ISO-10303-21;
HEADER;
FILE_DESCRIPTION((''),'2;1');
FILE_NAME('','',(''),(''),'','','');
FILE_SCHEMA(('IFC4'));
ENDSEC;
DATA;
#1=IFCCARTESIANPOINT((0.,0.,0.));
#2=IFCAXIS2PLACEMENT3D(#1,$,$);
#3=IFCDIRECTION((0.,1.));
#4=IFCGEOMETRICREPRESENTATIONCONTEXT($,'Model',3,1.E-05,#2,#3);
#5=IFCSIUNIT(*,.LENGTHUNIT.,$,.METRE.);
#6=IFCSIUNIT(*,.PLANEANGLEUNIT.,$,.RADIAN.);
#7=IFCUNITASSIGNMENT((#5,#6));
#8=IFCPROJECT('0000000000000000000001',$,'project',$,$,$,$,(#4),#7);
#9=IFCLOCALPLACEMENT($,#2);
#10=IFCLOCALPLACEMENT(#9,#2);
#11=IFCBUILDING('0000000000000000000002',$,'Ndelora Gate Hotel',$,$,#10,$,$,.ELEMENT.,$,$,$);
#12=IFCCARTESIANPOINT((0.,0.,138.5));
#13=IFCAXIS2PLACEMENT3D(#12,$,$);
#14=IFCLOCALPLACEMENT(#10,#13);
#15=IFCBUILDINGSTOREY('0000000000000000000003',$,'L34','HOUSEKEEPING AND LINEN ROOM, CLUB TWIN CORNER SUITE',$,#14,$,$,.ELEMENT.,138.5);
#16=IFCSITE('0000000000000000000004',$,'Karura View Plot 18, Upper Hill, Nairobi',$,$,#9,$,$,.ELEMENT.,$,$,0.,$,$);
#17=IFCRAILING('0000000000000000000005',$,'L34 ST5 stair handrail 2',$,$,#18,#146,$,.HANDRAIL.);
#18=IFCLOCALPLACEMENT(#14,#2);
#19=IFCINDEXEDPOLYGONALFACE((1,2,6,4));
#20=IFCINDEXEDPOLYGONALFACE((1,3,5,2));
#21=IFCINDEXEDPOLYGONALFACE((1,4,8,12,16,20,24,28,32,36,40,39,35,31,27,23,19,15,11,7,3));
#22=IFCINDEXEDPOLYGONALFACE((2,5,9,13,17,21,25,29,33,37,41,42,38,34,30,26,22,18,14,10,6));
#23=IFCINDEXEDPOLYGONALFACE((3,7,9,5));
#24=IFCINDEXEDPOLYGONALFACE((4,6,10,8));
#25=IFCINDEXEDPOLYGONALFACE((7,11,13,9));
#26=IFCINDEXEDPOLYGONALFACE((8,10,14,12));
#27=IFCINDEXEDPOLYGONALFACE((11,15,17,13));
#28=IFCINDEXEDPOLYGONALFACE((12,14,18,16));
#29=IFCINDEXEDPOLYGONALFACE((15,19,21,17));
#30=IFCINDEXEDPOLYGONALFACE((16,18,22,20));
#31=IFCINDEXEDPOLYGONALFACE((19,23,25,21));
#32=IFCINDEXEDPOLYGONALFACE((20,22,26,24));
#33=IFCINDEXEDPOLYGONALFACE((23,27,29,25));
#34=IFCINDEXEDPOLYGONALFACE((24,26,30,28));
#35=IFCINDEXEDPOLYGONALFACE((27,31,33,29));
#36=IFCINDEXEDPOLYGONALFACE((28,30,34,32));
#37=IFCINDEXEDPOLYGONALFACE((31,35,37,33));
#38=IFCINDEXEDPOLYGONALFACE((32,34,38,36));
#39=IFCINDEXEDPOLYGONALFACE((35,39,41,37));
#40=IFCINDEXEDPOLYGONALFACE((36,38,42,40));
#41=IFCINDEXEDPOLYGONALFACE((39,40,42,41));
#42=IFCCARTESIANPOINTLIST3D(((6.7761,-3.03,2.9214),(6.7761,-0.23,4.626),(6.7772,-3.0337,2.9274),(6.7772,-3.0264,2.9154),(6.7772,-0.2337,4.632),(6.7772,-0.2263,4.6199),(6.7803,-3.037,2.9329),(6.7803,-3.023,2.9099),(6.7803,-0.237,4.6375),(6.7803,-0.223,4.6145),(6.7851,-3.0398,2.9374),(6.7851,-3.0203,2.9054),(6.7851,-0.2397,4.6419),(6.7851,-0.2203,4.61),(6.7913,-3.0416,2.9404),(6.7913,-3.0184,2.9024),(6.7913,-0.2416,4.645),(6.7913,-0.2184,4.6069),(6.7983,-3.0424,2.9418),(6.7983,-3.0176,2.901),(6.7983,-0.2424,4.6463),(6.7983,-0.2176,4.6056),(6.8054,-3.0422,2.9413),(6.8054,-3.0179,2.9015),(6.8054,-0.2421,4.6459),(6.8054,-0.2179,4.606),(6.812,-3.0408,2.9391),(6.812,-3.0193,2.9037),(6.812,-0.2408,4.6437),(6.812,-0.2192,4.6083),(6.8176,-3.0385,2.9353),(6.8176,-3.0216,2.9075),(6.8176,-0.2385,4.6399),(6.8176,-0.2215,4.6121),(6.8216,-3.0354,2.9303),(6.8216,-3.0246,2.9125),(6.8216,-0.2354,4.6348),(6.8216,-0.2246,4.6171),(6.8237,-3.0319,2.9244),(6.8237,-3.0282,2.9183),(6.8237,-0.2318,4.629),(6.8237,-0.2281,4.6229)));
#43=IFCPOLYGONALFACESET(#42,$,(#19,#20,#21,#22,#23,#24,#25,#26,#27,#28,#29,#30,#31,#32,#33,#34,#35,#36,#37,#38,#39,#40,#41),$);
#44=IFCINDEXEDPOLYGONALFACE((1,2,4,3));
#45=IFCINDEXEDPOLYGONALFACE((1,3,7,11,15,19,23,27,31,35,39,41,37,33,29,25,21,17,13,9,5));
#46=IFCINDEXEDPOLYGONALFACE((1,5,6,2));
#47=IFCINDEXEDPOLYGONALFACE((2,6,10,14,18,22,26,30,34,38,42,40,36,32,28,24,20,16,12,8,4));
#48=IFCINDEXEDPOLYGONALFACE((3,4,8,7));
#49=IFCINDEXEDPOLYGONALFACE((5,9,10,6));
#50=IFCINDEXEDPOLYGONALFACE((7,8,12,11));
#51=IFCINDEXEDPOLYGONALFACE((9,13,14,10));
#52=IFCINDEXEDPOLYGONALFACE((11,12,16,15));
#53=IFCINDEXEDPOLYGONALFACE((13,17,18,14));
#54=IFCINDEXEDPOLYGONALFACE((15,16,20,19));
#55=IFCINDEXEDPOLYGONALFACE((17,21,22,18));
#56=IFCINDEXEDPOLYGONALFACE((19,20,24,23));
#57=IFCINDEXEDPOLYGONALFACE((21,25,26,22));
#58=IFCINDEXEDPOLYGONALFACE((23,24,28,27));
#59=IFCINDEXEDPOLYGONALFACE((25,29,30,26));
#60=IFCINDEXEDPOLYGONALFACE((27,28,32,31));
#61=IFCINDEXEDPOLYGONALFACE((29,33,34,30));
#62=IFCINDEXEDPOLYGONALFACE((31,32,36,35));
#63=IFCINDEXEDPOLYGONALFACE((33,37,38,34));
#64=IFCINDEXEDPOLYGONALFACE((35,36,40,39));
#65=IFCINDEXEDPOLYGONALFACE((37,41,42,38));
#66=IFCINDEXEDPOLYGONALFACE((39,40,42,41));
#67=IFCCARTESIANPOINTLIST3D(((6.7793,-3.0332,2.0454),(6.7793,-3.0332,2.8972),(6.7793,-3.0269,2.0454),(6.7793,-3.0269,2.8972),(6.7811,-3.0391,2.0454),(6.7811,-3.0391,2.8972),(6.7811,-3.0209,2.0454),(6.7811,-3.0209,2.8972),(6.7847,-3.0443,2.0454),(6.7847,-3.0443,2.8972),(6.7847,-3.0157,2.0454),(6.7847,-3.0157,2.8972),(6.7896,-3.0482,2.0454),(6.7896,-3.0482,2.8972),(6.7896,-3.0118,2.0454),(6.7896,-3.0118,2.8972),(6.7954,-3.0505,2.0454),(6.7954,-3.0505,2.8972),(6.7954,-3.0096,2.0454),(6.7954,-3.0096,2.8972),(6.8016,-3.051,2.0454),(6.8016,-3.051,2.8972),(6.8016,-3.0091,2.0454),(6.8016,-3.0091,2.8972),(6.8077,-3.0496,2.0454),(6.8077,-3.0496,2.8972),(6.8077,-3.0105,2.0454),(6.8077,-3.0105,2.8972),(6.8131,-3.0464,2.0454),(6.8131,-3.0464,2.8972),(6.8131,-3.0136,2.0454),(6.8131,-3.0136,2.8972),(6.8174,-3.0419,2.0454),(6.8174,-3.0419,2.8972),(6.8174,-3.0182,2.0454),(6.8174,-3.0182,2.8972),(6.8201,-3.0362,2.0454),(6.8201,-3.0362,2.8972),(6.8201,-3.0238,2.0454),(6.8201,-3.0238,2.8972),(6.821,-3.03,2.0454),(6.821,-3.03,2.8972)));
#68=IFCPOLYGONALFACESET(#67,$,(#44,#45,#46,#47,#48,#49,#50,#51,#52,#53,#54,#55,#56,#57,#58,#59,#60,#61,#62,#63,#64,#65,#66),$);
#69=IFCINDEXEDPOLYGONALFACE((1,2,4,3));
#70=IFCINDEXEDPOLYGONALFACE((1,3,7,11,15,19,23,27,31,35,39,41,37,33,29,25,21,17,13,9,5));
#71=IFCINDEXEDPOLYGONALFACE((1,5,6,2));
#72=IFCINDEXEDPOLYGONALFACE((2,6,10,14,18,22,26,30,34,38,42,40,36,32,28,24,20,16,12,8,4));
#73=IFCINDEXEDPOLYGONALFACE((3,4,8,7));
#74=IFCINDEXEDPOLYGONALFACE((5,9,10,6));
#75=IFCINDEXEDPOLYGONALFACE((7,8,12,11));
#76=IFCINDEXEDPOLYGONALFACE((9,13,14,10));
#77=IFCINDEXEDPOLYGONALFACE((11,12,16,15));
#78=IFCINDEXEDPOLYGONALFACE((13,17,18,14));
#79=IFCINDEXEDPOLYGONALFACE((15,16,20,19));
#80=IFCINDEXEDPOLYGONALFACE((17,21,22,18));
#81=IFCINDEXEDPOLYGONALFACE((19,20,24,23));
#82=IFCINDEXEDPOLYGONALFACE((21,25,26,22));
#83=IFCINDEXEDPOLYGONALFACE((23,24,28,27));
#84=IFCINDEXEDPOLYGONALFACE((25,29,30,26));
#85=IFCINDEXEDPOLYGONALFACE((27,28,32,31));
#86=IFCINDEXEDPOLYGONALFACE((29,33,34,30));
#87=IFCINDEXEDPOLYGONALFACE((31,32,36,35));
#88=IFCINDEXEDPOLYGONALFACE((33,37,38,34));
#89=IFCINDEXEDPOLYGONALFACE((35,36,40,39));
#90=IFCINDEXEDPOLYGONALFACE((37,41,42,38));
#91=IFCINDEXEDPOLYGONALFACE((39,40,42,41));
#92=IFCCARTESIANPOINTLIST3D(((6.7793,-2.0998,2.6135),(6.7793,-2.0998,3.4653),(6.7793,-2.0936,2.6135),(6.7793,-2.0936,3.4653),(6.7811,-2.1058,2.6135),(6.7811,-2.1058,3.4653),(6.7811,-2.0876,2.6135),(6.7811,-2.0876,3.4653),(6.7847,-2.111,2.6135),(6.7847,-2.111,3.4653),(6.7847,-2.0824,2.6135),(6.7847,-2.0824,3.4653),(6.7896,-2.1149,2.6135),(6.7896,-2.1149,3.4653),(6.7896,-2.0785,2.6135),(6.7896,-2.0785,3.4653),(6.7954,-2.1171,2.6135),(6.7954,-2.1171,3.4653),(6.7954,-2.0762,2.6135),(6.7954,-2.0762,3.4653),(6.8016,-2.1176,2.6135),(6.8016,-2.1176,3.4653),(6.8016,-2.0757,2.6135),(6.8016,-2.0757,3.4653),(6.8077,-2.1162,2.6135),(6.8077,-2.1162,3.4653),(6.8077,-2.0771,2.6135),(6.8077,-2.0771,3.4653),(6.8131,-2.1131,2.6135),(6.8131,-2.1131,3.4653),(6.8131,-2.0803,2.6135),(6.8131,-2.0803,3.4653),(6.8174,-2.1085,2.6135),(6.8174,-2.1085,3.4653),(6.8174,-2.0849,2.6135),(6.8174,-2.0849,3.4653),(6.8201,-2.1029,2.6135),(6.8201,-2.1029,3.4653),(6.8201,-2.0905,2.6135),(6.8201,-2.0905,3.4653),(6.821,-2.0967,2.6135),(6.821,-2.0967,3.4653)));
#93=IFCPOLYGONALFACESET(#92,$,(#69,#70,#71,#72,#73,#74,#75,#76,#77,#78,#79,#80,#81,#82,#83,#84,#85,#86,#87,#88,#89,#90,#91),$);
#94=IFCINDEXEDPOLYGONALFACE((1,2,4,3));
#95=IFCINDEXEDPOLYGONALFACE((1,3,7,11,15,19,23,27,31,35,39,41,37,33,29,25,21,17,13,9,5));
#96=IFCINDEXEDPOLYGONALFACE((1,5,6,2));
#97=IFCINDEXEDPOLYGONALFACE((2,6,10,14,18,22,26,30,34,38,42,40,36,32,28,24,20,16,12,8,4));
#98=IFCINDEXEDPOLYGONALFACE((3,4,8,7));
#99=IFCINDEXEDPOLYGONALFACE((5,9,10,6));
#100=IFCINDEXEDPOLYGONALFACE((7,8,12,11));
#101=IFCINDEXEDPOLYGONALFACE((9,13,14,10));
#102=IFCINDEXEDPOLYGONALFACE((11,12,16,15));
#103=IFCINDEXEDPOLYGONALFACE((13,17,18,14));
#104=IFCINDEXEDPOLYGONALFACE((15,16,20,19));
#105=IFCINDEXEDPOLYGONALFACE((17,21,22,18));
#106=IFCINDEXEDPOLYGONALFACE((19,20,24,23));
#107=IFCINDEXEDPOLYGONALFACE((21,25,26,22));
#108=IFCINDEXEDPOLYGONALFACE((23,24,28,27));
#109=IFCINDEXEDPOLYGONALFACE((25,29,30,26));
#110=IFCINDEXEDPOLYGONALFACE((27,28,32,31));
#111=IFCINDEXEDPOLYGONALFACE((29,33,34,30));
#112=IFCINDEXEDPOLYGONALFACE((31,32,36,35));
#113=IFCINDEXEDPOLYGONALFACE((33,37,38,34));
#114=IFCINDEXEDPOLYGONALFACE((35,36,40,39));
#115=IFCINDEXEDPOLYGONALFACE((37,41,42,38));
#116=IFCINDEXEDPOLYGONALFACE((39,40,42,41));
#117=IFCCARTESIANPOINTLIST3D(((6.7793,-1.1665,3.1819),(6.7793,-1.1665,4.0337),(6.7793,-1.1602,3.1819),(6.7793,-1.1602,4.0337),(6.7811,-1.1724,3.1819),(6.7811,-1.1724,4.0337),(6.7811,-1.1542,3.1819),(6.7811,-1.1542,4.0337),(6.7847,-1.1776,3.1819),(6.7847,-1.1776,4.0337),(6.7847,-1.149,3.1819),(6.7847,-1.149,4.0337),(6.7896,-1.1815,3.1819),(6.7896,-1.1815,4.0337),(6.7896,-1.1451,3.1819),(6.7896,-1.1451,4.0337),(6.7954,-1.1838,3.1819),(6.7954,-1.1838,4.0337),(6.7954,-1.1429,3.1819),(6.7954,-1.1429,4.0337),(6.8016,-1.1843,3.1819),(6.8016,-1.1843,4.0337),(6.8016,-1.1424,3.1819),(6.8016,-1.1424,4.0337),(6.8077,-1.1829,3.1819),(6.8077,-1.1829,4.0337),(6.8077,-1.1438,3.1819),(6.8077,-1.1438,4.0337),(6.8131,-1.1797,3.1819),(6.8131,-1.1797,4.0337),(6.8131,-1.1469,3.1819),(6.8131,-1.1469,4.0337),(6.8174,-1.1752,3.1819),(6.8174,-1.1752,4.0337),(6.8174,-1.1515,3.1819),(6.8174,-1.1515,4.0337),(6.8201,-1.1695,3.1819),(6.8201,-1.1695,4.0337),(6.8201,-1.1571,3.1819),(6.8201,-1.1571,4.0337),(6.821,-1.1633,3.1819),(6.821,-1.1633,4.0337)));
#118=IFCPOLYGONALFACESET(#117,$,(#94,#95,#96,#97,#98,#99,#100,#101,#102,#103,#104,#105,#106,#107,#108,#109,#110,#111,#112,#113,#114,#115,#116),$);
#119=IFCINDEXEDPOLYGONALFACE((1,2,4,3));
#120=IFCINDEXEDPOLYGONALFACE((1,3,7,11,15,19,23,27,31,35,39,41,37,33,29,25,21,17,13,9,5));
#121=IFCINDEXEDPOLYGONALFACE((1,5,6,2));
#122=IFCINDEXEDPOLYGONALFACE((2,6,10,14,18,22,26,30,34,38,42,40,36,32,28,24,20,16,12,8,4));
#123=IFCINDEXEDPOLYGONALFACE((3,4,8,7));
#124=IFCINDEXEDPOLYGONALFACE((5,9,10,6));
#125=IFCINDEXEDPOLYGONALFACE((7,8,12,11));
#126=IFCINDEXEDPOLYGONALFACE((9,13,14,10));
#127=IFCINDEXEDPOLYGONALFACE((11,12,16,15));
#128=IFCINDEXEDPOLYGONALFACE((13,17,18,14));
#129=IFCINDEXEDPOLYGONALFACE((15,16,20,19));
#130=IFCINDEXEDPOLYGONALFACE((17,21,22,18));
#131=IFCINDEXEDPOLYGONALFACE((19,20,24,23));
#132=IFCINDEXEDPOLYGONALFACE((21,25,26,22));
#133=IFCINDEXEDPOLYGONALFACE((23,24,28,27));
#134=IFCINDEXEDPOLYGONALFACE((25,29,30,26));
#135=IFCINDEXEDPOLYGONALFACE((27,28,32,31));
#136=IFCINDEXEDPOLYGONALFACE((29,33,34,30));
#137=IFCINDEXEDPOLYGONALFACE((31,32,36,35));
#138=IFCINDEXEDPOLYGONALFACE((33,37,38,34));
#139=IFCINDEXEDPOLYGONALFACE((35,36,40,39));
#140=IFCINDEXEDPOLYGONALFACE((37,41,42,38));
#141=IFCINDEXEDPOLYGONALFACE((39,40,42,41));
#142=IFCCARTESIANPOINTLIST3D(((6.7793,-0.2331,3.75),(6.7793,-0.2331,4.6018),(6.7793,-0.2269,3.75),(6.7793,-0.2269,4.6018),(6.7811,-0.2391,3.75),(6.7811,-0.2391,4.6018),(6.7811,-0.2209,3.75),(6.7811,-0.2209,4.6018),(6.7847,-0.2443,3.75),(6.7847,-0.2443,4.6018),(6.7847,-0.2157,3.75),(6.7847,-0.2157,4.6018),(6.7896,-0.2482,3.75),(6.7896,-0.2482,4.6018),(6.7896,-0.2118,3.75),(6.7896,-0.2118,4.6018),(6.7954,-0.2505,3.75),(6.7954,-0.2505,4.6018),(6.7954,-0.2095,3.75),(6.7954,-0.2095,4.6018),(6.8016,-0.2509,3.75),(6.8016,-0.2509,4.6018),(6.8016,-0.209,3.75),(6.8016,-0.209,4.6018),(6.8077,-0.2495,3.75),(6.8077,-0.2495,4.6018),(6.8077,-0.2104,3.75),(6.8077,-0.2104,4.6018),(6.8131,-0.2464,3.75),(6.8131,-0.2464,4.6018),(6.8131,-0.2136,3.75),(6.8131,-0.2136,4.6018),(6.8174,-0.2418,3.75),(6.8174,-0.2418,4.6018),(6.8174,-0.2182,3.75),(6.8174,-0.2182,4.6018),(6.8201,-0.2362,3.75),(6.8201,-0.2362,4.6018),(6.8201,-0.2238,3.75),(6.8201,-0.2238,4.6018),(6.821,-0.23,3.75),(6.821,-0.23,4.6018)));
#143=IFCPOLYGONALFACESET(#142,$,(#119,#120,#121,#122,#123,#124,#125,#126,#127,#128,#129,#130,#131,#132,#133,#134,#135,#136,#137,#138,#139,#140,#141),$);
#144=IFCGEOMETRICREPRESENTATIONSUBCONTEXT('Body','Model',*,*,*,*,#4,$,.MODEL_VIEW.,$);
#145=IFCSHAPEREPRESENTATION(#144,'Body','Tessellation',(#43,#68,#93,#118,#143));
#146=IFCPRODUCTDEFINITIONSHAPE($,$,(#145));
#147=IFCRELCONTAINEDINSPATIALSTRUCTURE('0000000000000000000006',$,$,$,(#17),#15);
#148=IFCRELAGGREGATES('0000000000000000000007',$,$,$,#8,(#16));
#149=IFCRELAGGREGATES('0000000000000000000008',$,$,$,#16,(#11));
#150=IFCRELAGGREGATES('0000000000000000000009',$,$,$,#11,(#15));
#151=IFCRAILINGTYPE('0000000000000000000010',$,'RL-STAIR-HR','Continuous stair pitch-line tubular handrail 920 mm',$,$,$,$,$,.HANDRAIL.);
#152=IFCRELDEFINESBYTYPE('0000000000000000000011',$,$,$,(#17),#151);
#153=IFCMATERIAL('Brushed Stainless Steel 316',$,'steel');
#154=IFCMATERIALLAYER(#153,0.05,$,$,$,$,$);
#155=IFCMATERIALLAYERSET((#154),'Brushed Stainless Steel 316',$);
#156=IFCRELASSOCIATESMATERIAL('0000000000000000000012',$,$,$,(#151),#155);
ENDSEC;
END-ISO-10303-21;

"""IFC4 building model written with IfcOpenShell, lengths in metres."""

from ifc_helpers import new_model, si_unit, direction, frame, origin, origin_2d, place, context, subcontext, project, spatial, circle, extrude, material, layer, layer_set, type_object, element, save


model = new_model("IFC4")

# Units and contexts
model_context = context("Model", 3, precision=1e-05, world=origin(), true_north=direction((0.0, 1.0)))
body_context = subcontext(model_context, "Body", "Model", "MODEL_VIEW")
ifc_project = project(units=[si_unit("LENGTHUNIT", "METRE"), si_unit("PLANEANGLEUNIT", "RADIAN")], contexts=[model_context])

# Site, building, storey
site_placement = place(None, origin())
site = spatial("IfcSite", under=ifc_project, at=site_placement, Name="Karura View Plot 18, Upper Hill, Nairobi", CompositionType="ELEMENT", RefElevation=0.0)
building_placement = place(site_placement, origin())
building = spatial("IfcBuilding", under=site, at=building_placement, Name="Ndelora Gate Hotel", CompositionType="ELEMENT")
storey_placement = place(building_placement, frame((0.0, 0.0, 138.5)))
storey = spatial("IfcBuildingStorey", under=building, at=storey_placement, Name="L34", Description="HOUSEKEEPING AND LINEN ROOM, CLUB TWIN CORNER SUITE", CompositionType="ELEMENT", Elevation=138.5)

# Railing
ifc_material_1 = material(Name="Brushed Stainless Steel 316", Category="steel")
ifc_layer_1 = layer(ifc_material_1, 0.05)
ifc_layer_set_1 = layer_set([ifc_layer_1], Name="Brushed Stainless Steel 316")
railing_type_1 = type_object("IfcRailingType", Name="RL-STAIR-HR", Description="Continuous stair pitch-line tubular handrail 920 mm", PredefinedType="HANDRAIL", material=ifc_layer_set_1)
railing_1_placement = place(storey_placement, frame((6.8, -3.03, 2.0454)))
element("IfcRailing", 1, at=railing_1_placement, inside=storey, type_object=railing_type_1, Name="L34 ST5 stair handrail 2", PredefinedType="HANDRAIL", context=body_context, shape_type="SweptSolid", body=[
    extrude(circle(Radius=0.0239, at=origin_2d()), frame((0.0, 0.0, 0.876), z_axis=(0.0, 0.85417, 0.519994), x_axis=(-1.0, 0.0, 0.0)), (0.0, 0.0, 1.0), 3.2781),
    extrude(circle(Radius=0.021, at=origin_2d()), origin(), (0.0, 0.0, 1.0), 0.8518),
    extrude(circle(Radius=0.021, at=origin_2d()), frame((0.0, 0.9333, 0.5681)), (0.0, 0.0, 1.0), 0.8518),
    extrude(circle(Radius=0.021, at=origin_2d()), frame((0.0, 1.8667, 1.1365)), (0.0, 0.0, 1.0), 0.8518),
    extrude(circle(Radius=0.021, at=origin_2d()), frame((0.0, 2.8, 1.7046)), (0.0, 0.0, 1.0), 0.8518),
])

save(model, "model.ifc")
